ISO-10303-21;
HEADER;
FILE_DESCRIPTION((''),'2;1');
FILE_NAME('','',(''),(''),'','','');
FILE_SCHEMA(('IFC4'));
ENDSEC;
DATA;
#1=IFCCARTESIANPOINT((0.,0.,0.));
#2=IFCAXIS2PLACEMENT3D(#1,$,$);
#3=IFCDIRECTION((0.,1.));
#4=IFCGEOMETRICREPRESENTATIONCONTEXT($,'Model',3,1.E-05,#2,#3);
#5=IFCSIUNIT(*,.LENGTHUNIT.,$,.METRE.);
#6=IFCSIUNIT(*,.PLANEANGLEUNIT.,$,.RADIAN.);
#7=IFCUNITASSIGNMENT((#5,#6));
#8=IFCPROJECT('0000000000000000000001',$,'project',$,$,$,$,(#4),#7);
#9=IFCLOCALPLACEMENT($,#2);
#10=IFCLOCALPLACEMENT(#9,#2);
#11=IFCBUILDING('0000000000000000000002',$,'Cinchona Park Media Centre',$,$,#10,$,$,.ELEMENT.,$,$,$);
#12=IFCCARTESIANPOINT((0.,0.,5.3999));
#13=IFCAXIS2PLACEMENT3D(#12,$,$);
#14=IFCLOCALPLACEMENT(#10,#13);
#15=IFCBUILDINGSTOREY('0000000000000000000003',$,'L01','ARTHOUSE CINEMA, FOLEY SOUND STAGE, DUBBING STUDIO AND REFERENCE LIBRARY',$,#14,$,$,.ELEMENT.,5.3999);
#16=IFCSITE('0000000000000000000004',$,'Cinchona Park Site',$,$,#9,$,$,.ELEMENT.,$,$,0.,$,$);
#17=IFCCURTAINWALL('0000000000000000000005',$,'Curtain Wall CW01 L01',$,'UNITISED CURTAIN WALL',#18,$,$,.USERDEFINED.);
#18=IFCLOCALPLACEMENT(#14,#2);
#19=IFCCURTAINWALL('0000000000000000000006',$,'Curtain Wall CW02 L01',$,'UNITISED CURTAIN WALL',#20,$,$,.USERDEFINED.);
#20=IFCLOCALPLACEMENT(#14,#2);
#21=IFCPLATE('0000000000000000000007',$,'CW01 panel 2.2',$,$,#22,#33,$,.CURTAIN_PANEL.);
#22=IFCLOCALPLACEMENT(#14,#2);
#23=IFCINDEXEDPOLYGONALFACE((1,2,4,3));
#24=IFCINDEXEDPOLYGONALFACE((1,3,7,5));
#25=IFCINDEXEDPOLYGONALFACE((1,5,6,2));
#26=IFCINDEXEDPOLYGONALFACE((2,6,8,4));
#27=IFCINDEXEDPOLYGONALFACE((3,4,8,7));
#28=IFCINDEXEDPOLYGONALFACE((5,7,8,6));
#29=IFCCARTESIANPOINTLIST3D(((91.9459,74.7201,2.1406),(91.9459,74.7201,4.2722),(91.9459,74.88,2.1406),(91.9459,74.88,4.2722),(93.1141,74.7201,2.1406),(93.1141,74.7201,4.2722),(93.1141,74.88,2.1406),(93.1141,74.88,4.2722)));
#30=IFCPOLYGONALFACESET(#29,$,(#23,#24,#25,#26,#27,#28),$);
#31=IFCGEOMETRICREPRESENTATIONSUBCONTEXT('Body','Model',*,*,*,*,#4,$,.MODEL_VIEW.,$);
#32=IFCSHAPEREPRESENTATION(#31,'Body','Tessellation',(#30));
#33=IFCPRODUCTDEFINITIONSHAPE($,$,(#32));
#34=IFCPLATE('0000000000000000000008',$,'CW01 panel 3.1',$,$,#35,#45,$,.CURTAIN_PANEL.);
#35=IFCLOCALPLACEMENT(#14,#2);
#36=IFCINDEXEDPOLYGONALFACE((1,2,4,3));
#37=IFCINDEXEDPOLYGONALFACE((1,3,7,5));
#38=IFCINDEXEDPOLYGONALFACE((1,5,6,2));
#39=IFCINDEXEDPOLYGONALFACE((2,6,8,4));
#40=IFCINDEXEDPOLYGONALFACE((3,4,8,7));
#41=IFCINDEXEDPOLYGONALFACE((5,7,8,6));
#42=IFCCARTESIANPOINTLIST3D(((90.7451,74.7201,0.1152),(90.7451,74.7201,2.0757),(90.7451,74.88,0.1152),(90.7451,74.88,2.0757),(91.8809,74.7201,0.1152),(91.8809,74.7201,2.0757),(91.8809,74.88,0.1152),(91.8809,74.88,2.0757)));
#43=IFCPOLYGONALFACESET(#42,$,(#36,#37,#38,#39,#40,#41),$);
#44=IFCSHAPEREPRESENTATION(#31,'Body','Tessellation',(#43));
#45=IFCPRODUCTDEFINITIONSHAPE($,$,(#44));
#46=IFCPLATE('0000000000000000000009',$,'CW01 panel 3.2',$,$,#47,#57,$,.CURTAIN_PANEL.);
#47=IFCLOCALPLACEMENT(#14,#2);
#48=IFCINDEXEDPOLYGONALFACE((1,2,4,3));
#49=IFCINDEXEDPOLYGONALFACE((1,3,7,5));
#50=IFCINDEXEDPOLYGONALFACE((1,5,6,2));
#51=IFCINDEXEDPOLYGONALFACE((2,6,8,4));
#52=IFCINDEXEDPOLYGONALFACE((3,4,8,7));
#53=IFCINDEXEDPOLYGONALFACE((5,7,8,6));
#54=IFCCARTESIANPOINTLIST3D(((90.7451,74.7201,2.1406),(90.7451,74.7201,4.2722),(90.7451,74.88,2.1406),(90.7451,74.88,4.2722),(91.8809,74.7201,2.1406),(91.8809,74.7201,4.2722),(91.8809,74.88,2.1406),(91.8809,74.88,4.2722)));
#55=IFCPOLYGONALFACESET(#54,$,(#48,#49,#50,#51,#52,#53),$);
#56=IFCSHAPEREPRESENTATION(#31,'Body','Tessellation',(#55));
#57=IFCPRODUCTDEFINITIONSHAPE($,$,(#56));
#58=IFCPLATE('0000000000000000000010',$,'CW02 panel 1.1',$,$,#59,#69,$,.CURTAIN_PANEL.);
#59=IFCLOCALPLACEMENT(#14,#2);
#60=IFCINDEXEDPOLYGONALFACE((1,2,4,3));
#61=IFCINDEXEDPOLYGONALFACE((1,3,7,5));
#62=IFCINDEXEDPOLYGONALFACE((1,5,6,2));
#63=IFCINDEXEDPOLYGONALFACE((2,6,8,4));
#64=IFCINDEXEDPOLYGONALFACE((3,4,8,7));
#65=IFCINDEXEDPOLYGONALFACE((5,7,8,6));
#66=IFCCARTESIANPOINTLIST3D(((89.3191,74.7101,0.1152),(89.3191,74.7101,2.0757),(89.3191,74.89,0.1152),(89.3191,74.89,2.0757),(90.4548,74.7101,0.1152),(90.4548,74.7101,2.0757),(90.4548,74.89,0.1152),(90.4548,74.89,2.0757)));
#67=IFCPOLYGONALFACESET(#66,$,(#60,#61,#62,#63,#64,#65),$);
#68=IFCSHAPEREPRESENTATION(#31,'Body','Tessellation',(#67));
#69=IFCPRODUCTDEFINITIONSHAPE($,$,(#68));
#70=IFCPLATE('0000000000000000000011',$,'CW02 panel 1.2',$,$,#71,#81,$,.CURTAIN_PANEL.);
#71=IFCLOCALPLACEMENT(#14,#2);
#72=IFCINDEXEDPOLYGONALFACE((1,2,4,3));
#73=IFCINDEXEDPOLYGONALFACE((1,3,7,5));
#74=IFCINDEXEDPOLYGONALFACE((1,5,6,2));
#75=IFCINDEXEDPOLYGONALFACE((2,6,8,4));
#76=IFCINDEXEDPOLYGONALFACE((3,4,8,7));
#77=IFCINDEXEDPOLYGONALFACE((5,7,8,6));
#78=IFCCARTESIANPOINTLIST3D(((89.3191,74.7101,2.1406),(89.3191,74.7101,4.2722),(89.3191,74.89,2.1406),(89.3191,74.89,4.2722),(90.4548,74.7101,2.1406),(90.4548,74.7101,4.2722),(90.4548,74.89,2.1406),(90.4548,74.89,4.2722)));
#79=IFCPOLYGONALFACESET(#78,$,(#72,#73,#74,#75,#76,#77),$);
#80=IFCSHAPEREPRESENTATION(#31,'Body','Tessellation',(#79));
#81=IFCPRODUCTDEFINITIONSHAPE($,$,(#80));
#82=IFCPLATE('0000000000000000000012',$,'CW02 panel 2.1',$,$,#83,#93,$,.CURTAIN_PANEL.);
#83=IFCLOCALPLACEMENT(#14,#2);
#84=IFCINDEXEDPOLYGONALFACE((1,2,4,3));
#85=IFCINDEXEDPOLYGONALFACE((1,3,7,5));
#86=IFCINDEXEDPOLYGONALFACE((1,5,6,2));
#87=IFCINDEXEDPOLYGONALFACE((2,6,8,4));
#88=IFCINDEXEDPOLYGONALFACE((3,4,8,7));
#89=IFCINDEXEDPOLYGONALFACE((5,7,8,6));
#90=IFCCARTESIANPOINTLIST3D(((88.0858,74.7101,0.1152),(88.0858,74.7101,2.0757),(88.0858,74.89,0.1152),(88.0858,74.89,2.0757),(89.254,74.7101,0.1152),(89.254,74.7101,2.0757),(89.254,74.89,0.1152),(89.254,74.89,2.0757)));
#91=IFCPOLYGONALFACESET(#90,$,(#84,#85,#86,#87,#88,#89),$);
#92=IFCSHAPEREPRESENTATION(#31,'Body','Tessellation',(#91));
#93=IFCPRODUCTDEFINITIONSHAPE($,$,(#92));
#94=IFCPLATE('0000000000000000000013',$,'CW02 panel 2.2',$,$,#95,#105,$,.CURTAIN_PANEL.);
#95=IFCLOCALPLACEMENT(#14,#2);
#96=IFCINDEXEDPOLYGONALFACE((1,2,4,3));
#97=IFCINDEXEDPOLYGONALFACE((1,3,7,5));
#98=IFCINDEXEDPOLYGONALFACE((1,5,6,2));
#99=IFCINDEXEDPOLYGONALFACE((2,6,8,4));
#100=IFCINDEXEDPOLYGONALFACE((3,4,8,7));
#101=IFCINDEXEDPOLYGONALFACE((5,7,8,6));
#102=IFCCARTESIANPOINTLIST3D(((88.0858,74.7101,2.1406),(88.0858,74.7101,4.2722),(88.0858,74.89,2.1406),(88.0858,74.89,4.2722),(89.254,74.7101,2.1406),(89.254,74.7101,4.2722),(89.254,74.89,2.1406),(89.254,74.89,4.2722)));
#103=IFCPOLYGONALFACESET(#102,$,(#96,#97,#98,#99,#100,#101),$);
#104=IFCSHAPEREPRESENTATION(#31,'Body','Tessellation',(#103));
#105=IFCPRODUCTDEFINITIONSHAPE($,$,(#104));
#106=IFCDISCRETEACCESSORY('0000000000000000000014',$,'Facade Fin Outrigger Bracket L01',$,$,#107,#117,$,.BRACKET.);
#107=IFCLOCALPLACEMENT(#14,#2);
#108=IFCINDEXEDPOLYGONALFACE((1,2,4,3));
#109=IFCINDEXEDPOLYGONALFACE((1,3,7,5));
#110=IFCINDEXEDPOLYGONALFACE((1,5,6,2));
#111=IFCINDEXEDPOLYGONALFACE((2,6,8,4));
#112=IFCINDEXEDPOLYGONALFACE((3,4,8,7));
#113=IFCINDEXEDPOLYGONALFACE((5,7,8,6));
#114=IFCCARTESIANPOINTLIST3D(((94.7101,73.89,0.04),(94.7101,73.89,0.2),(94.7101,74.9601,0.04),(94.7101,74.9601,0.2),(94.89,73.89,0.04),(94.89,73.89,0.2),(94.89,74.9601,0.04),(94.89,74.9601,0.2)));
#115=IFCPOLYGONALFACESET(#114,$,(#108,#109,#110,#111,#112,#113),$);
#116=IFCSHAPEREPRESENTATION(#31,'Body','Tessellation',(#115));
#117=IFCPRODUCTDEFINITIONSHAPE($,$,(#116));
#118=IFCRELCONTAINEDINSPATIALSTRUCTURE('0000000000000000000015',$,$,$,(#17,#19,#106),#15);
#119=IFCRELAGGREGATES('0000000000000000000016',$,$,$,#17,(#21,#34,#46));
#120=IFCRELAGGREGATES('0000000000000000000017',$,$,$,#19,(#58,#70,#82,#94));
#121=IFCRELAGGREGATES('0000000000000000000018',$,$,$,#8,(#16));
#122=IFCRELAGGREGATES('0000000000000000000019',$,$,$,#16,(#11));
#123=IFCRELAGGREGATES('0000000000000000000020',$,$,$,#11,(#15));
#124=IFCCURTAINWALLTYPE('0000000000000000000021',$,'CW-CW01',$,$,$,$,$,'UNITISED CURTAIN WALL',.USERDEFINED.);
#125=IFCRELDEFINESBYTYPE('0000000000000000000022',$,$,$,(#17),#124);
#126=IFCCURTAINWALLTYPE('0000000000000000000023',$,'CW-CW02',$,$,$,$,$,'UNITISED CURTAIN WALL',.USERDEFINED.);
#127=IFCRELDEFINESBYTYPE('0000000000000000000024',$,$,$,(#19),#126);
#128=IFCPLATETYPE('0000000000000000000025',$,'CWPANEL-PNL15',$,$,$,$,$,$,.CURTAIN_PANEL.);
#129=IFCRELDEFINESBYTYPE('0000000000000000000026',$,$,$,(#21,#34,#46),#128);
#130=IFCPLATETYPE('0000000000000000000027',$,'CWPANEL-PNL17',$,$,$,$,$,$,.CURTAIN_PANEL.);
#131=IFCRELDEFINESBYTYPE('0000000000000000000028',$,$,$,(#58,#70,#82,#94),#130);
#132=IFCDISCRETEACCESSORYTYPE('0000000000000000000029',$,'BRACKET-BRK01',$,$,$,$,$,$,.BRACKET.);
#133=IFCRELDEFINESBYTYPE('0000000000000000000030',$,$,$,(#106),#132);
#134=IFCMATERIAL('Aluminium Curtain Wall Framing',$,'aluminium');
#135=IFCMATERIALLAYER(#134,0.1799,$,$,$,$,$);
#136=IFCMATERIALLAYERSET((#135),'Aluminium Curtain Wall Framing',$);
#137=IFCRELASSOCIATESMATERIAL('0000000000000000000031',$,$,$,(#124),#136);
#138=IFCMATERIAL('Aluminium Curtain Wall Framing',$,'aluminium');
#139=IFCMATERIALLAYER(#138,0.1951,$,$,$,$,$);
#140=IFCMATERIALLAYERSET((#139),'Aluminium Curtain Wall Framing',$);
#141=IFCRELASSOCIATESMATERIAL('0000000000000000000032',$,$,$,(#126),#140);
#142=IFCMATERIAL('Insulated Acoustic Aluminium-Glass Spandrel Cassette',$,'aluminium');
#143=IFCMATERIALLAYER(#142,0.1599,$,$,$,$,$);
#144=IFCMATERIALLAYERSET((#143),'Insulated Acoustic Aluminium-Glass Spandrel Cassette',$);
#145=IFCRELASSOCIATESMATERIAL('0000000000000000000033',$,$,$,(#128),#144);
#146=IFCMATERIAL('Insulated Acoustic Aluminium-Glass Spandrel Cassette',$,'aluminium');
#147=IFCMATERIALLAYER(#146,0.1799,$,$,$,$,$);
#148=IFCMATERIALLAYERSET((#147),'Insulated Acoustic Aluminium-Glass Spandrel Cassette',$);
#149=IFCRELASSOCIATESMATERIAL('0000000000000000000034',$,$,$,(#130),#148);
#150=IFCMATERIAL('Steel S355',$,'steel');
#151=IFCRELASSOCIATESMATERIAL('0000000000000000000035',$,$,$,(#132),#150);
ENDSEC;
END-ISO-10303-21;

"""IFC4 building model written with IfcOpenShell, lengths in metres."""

from ifc_helpers import new_model, si_unit, direction, frame, origin, origin_2d, place, context, subcontext, project, spatial, rectangle, extrude, material, layer, layer_set, type_object, element, aggregate, save


model = new_model("IFC4")

# Units and contexts
model_context = context("Model", 3, precision=1e-05, world=origin(), true_north=direction((0.0, 1.0)))
body_context = subcontext(model_context, "Body", "Model", "MODEL_VIEW")
ifc_project = project(units=[si_unit("LENGTHUNIT", "METRE"), si_unit("PLANEANGLEUNIT", "RADIAN")], contexts=[model_context])

# Site, building, storey
site_placement = place(None, origin())
site = spatial("IfcSite", under=ifc_project, at=site_placement, Name="Cinchona Park Site", CompositionType="ELEMENT", RefElevation=0.0)
building_placement = place(site_placement, origin())
building = spatial("IfcBuilding", under=site, at=building_placement, Name="Cinchona Park Media Centre", CompositionType="ELEMENT")
storey_placement = place(building_placement, frame((0.0, 0.0, 5.3999)))
storey = spatial("IfcBuildingStorey", under=building, at=storey_placement, Name="L01", Description="ARTHOUSE CINEMA, FOLEY SOUND STAGE, DUBBING STUDIO AND REFERENCE LIBRARY", CompositionType="ELEMENT", Elevation=5.3999)

# Curtain walls
ifc_material_1 = material(Name="Aluminium Curtain Wall Framing", Category="aluminium")
ifc_layer_1 = layer(ifc_material_1, 0.1799)
ifc_layer_set_1 = layer_set([ifc_layer_1], Name="Aluminium Curtain Wall Framing")
curtain_wall_type_1 = type_object("IfcCurtainWallType", Name="CW-CW01", ElementType="UNITISED CURTAIN WALL", PredefinedType="USERDEFINED", material=ifc_layer_set_1)
curtain_wall_1_placement = place(storey_placement, origin())
curtain_wall_1 = element("IfcCurtainWall", 1, at=curtain_wall_1_placement, inside=storey, type_object=curtain_wall_type_1, Name="Curtain Wall CW01 L01", ObjectType="UNITISED CURTAIN WALL", PredefinedType="USERDEFINED")
ifc_material_2 = material(Name="Aluminium Curtain Wall Framing", Category="aluminium")
ifc_layer_2 = layer(ifc_material_2, 0.1951)
ifc_layer_set_2 = layer_set([ifc_layer_2], Name="Aluminium Curtain Wall Framing")
curtain_wall_type_2 = type_object("IfcCurtainWallType", Name="CW-CW02", ElementType="UNITISED CURTAIN WALL", PredefinedType="USERDEFINED", material=ifc_layer_set_2)
curtain_wall_2_placement = place(storey_placement, origin())
curtain_wall_2 = element("IfcCurtainWall", 2, at=curtain_wall_2_placement, inside=storey, type_object=curtain_wall_type_2, Name="Curtain Wall CW02 L01", ObjectType="UNITISED CURTAIN WALL", PredefinedType="USERDEFINED")

# Plates
ifc_material_3 = material(Name="Insulated Acoustic Aluminium-Glass Spandrel Cassette", Category="aluminium")
ifc_layer_3 = layer(ifc_material_3, 0.1599)
ifc_layer_set_3 = layer_set([ifc_layer_3], Name="Insulated Acoustic Aluminium-Glass Spandrel Cassette")
plate_type_1 = type_object("IfcPlateType", Name="CWPANEL-PNL15", PredefinedType="CURTAIN_PANEL", material=ifc_layer_set_3)
plate_1_placement = place(storey_placement, frame((92.53, 74.8, 2.1406), z_axis=(0.0, 0.0, 1.0), x_axis=(-1.0, 0.0, 0.0)))
plate_1 = element("IfcPlate", 3, at=plate_1_placement, type_object=plate_type_1, Name="CW01 panel 2.2", PredefinedType="CURTAIN_PANEL", context=body_context, shape_type="SweptSolid", body=[
    extrude(rectangle(XDim=1.1682, YDim=0.1599, at=origin_2d()), origin(), (0.0, 0.0, 1.0), 2.1316),
])
plate_2_placement = place(storey_placement, frame((91.313, 74.8, 0.1152), z_axis=(0.0, 0.0, 1.0), x_axis=(-1.0, 0.0, 0.0)))
plate_2 = element("IfcPlate", 4, at=plate_2_placement, type_object=plate_type_1, Name="CW01 panel 3.1", PredefinedType="CURTAIN_PANEL", context=body_context, shape_type="SweptSolid", body=[
    extrude(rectangle(XDim=1.1357, YDim=0.1599, at=origin_2d()), origin(), (0.0, 0.0, 1.0), 1.9604),
])
plate_3_placement = place(storey_placement, frame((91.313, 74.8, 2.1406), z_axis=(0.0, 0.0, 1.0), x_axis=(-1.0, 0.0, 0.0)))
plate_3 = element("IfcPlate", 5, at=plate_3_placement, type_object=plate_type_1, Name="CW01 panel 3.2", PredefinedType="CURTAIN_PANEL", context=body_context, shape_type="SweptSolid", body=[
    extrude(rectangle(XDim=1.1357, YDim=0.1599, at=origin_2d()), origin(), (0.0, 0.0, 1.0), 2.1316),
])
aggregate(curtain_wall_1, [plate_1, plate_2, plate_3])
ifc_material_4 = material(Name="Insulated Acoustic Aluminium-Glass Spandrel Cassette", Category="aluminium")
ifc_layer_4 = layer(ifc_material_4, 0.1799)
ifc_layer_set_4 = layer_set([ifc_layer_4], Name="Insulated Acoustic Aluminium-Glass Spandrel Cassette")
plate_type_2 = type_object("IfcPlateType", Name="CWPANEL-PNL17", PredefinedType="CURTAIN_PANEL", material=ifc_layer_set_4)
plate_4_placement = place(storey_placement, frame((89.887, 74.8, 0.1152), z_axis=(0.0, 0.0, 1.0), x_axis=(-1.0, 0.0, 0.0)))
plate_4 = element("IfcPlate", 6, at=plate_4_placement, type_object=plate_type_2, Name="CW02 panel 1.1", PredefinedType="CURTAIN_PANEL", context=body_context, shape_type="SweptSolid", body=[
    extrude(rectangle(XDim=1.1357, YDim=0.1799, at=origin_2d()), origin(), (0.0, 0.0, 1.0), 1.9604),
])
plate_5_placement = place(storey_placement, frame((89.887, 74.8, 2.1406), z_axis=(0.0, 0.0, 1.0), x_axis=(-1.0, 0.0, 0.0)))
plate_5 = element("IfcPlate", 7, at=plate_5_placement, type_object=plate_type_2, Name="CW02 panel 1.2", PredefinedType="CURTAIN_PANEL", context=body_context, shape_type="SweptSolid", body=[
    extrude(rectangle(XDim=1.1357, YDim=0.1799, at=origin_2d()), origin(), (0.0, 0.0, 1.0), 2.1316),
])
plate_6_placement = place(storey_placement, frame((88.6699, 74.8, 0.1152), z_axis=(0.0, 0.0, 1.0), x_axis=(-1.0, 0.0, 0.0)))
plate_6 = element("IfcPlate", 8, at=plate_6_placement, type_object=plate_type_2, Name="CW02 panel 2.1", PredefinedType="CURTAIN_PANEL", context=body_context, shape_type="SweptSolid", body=[
    extrude(rectangle(XDim=1.1682, YDim=0.1799, at=origin_2d()), origin(), (0.0, 0.0, 1.0), 1.9604),
])
plate_7_placement = place(storey_placement, frame((88.6699, 74.8, 2.1406), z_axis=(0.0, 0.0, 1.0), x_axis=(-1.0, 0.0, 0.0)))
plate_7 = element("IfcPlate", 9, at=plate_7_placement, type_object=plate_type_2, Name="CW02 panel 2.2", PredefinedType="CURTAIN_PANEL", context=body_context, shape_type="SweptSolid", body=[
    extrude(rectangle(XDim=1.1682, YDim=0.1799, at=origin_2d()), origin(), (0.0, 0.0, 1.0), 2.1316),
])
aggregate(curtain_wall_2, [plate_4, plate_5, plate_6, plate_7])

# Discrete accessory
ifc_material_5 = material(Name="Steel S355", Category="steel")
discrete_accessory_type = type_object("IfcDiscreteAccessoryType", Name="BRACKET-BRK01", PredefinedType="BRACKET", material=ifc_material_5)
discrete_accessory_placement = place(storey_placement, frame((94.8, 74.425, 0.04), z_axis=(0.0, 0.0, 1.0), x_axis=(1.0, 0.0, 0.0)))
element("IfcDiscreteAccessory", 10, at=discrete_accessory_placement, inside=storey, type_object=discrete_accessory_type, Name="Facade Fin Outrigger Bracket L01", PredefinedType="BRACKET", context=body_context, shape_type="SweptSolid", body=[
    extrude(rectangle(XDim=0.1799, YDim=1.0701, at=origin_2d()), origin(), (0.0, 0.0, 1.0), 0.1599),
])

save(model, "model.ifc")
